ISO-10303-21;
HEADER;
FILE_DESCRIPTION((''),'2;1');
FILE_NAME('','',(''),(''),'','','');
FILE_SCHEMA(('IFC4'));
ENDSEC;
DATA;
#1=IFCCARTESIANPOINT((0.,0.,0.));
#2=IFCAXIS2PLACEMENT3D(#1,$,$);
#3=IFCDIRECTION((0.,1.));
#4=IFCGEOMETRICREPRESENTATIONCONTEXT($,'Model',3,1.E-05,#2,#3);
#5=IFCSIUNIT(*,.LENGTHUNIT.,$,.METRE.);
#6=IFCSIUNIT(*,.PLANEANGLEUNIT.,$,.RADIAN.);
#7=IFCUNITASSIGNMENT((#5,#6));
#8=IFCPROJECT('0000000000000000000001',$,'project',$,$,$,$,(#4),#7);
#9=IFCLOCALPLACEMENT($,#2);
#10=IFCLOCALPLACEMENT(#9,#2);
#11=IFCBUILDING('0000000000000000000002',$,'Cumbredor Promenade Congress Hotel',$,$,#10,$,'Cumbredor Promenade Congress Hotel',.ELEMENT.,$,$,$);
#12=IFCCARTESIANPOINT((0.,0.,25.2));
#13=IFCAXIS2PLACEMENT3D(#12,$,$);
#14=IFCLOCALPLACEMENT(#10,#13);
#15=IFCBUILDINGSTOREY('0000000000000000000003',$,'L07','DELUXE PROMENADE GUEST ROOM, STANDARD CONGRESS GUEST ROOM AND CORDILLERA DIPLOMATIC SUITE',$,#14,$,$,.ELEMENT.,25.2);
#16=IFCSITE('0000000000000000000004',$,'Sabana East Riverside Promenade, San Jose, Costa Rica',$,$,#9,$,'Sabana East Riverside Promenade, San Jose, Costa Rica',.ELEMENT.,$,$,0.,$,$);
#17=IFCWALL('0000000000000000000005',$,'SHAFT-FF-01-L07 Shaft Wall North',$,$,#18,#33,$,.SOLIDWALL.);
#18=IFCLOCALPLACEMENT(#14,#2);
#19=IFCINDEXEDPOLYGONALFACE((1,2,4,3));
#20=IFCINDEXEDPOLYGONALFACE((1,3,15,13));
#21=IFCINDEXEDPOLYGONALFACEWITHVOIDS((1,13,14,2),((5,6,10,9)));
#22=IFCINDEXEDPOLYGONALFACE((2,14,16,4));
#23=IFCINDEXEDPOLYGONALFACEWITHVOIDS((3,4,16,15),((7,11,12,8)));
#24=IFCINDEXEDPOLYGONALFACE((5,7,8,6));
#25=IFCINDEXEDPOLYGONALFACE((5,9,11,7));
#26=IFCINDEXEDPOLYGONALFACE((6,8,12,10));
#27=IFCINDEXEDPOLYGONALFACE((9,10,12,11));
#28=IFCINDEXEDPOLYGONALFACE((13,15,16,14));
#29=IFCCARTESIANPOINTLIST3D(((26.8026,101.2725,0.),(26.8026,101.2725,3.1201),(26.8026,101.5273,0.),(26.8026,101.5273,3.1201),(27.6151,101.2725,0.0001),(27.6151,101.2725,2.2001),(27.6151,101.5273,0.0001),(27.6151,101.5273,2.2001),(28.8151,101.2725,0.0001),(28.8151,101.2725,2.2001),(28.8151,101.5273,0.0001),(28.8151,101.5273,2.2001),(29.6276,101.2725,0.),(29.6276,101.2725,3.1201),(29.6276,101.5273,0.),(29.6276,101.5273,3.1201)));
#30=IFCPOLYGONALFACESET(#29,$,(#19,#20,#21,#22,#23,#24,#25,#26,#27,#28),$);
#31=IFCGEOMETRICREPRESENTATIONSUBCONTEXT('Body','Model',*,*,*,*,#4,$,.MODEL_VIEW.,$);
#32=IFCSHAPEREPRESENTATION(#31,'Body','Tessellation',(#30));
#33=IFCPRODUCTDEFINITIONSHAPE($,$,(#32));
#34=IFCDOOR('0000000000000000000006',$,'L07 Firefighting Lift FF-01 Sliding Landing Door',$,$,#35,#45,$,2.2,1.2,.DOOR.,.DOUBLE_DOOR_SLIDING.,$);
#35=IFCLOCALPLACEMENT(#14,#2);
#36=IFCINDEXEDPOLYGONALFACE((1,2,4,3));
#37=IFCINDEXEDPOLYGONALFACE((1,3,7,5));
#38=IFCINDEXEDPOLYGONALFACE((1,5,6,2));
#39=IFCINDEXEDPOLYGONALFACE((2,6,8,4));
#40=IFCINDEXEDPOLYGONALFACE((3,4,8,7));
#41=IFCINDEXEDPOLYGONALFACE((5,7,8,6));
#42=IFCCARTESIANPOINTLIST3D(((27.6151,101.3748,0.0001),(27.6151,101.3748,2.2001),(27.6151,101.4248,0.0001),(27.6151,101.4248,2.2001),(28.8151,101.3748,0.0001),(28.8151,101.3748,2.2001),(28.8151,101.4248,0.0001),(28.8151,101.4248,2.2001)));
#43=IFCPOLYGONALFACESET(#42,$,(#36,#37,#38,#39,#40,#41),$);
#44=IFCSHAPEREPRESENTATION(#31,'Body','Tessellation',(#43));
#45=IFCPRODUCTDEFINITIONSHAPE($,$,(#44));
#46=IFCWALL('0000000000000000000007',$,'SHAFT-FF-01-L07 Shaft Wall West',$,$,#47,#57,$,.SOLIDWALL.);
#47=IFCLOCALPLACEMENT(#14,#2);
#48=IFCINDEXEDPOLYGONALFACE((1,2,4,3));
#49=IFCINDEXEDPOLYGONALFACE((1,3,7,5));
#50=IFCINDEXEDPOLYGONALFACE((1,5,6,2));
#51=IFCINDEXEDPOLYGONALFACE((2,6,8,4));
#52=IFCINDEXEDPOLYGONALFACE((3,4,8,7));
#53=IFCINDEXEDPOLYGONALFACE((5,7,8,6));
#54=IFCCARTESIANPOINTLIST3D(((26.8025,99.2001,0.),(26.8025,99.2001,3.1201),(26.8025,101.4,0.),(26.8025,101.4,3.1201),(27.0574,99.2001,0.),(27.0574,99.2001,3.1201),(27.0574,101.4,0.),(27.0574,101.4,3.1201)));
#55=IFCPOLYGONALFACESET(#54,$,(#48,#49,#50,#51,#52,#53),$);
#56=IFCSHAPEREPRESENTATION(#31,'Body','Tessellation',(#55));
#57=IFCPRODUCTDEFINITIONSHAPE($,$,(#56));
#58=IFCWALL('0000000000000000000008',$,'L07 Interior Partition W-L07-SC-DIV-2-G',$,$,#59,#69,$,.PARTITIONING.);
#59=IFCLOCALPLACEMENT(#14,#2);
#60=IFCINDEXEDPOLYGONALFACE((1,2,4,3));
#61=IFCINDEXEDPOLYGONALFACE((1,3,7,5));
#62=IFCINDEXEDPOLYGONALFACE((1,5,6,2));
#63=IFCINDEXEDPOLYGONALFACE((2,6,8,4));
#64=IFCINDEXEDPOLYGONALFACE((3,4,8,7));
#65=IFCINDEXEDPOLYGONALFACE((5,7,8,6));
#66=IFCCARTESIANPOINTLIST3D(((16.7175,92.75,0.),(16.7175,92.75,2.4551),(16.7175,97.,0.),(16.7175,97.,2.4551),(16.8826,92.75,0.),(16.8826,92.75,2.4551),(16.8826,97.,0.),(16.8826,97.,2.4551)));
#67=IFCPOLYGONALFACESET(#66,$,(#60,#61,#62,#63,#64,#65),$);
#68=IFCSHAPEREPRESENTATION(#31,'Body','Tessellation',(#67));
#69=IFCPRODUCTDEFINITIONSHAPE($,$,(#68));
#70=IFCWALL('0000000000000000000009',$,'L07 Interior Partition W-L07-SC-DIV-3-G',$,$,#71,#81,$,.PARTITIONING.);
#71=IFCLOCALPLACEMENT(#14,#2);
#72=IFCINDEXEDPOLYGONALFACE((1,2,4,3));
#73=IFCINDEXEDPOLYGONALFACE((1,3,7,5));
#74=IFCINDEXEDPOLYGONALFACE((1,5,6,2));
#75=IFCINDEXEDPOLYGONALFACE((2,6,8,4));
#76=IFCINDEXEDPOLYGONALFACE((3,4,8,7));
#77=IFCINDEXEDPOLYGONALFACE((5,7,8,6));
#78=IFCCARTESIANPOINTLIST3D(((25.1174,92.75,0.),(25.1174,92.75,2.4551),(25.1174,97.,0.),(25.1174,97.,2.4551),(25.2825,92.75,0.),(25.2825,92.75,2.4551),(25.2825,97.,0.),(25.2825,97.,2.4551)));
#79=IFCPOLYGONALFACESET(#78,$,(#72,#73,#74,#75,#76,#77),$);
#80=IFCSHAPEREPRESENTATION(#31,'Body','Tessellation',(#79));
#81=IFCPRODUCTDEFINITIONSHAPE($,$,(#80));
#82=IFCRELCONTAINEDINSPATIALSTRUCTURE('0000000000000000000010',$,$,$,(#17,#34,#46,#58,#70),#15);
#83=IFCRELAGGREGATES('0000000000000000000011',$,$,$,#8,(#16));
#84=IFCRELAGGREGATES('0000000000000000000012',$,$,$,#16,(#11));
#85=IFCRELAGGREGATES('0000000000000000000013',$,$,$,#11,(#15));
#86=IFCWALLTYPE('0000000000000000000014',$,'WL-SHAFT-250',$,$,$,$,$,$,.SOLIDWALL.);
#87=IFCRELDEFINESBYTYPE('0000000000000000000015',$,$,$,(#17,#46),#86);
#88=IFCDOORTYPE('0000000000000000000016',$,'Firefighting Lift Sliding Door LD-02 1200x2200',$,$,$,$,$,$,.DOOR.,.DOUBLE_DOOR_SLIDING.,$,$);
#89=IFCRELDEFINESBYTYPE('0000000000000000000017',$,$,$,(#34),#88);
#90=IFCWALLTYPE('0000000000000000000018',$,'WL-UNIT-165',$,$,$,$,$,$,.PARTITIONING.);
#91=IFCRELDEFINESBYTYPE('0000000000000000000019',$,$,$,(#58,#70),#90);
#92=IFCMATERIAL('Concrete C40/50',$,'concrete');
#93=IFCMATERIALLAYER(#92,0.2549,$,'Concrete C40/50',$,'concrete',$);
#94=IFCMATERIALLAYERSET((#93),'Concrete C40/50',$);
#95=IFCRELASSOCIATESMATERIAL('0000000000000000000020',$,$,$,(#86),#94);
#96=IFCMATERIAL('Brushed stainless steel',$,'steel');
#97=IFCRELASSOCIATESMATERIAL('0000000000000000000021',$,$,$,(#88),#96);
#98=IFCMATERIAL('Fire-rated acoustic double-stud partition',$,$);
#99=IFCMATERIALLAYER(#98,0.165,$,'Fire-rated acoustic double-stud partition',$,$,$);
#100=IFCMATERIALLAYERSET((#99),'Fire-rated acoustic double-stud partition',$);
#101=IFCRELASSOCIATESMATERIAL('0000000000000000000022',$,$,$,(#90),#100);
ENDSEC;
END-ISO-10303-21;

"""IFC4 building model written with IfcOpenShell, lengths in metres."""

from ifc_helpers import new_model, si_unit, direction, frame, frame_2d, origin, place, context, subcontext, project, spatial, rectangle, extrude, material, layer, layer_set, type_object, element, fill, save


model = new_model("IFC4")

# Units and contexts
model_context = context("Model", 3, precision=1e-05, world=origin(), true_north=direction((0.0, 1.0)))
body_context = subcontext(model_context, "Body", "Model", "MODEL_VIEW")
ifc_project = project(units=[si_unit("LENGTHUNIT", "METRE"), si_unit("PLANEANGLEUNIT", "RADIAN")], contexts=[model_context])

# Site, building, storey
site_placement = place(None, origin())
site = spatial("IfcSite", under=ifc_project, at=site_placement, Name="Sabana East Riverside Promenade, San Jose, Costa Rica", LongName="Sabana East Riverside Promenade, San Jose, Costa Rica", CompositionType="ELEMENT", RefElevation=0.0)
building_placement = place(site_placement, origin())
building = spatial("IfcBuilding", under=site, at=building_placement, Name="Cumbredor Promenade Congress Hotel", LongName="Cumbredor Promenade Congress Hotel", CompositionType="ELEMENT")
storey_placement = place(building_placement, frame((0.0, 0.0, 25.2)))
storey = spatial("IfcBuildingStorey", under=building, at=storey_placement, Name="L07", Description="DELUXE PROMENADE GUEST ROOM, STANDARD CONGRESS GUEST ROOM AND CORDILLERA DIPLOMATIC SUITE", CompositionType="ELEMENT", Elevation=25.2)

# Shared definitions
ifc_material_1 = material(Name="Concrete C40/50", Category="concrete")

# Shared definitions
ifc_layer_1 = layer(ifc_material_1, 0.2549, Name="Concrete C40/50", Category="concrete")
ifc_layer_set_1 = layer_set([ifc_layer_1], Name="Concrete C40/50")
wall_type_1 = type_object("IfcWallType", Name="WL-SHAFT-250", PredefinedType="SOLIDWALL", material=ifc_layer_set_1)

# Wall, opening, door
wall_1_placement = place(storey_placement, frame((26.8025, 101.3999, 0.0), z_axis=(0.0, 0.0, 1.0), x_axis=(1.0, 0.0, 0.0)))
wall_1 = element("IfcWall", 1, at=wall_1_placement, inside=storey, type_object=wall_type_1, Name="SHAFT-FF-01-L07 Shaft Wall North", PredefinedType="SOLIDWALL", context=body_context, shape_type="SweptSolid", body=[
    extrude(rectangle(XDim=2.825, YDim=0.2549, at=frame_2d((1.4126, 0.0))), origin(), (0.0, 0.0, 1.0), 3.1201),
])
opening_1_placement = place(wall_1_placement, frame((0.8125, 0.0, 0.0)))
opening_1 = element("IfcOpeningElement", 2, at=opening_1_placement, cuts=wall_1, PredefinedType="OPENING", context=body_context, shape_type="SweptSolid", body=[
    extrude(rectangle(XDim=1.2, YDim=2.2, at=frame_2d((0.6001, 1.1001))), frame((0.0, 0.1375, 0.0), z_axis=(0.0, -1.0, 0.0), x_axis=(1.0, 0.0, 0.0)), (0.0, 0.0, 1.0), 0.2749),
])
ifc_material_2 = material(Name="Brushed stainless steel", Category="steel")
door_type_1 = type_object("IfcDoorType", Name="Firefighting Lift Sliding Door LD-02 1200x2200", OperationType="DOUBLE_DOOR_SLIDING", PredefinedType="DOOR", material=ifc_material_2)
door_1_placement = place(opening_1_placement, origin())
door_1 = element("IfcDoor", 3, at=door_1_placement, inside=storey, type_object=door_type_1, Name="L07 Firefighting Lift FF-01 Sliding Landing Door", OperationType="DOUBLE_DOOR_SLIDING", OverallHeight=2.2, OverallWidth=1.2, PredefinedType="DOOR", context=body_context, shape_type="SweptSolid", body=[
    extrude(rectangle(XDim=1.2, YDim=2.2, at=frame_2d((0.6001, 1.1001))), frame((0.0, 0.0249, 0.0), z_axis=(0.0, -1.0, 0.0), x_axis=(1.0, 0.0, 0.0)), (0.0, 0.0, 1.0), 0.05),
])
fill(opening_1, door_1)

# Walls
wall_2_placement = place(storey_placement, frame((26.9299, 99.2, 0.0), z_axis=(0.0, 0.0, 1.0), x_axis=(0.0, 1.0, 0.0)))
element("IfcWall", 4, at=wall_2_placement, inside=storey, type_object=wall_type_1, Name="SHAFT-FF-01-L07 Shaft Wall West", PredefinedType="SOLIDWALL", context=body_context, shape_type="SweptSolid", body=[
    extrude(rectangle(XDim=2.2, YDim=0.2549, at=frame_2d((1.1001, 0.0))), origin(), (0.0, 0.0, 1.0), 3.1201),
])
ifc_material_3 = material(Name="Fire-rated acoustic double-stud partition")
ifc_layer_2 = layer(ifc_material_3, 0.165, Name="Fire-rated acoustic double-stud partition")
ifc_layer_set_2 = layer_set([ifc_layer_2], Name="Fire-rated acoustic double-stud partition")
wall_type_2 = type_object("IfcWallType", Name="WL-UNIT-165", PredefinedType="PARTITIONING", material=ifc_layer_set_2)
for number, where, z_axis, x_axis, name in (
    (5, (16.8, 92.75, 0.0), (0.0, 0.0, 1.0), (0.0, 1.0, 0.0), "L07 Interior Partition W-L07-SC-DIV-2-G"),
    (6, (25.2, 92.75, 0.0), (0.0, 0.0, 1.0), (0.0, 1.0, 0.0), "L07 Interior Partition W-L07-SC-DIV-3-G"),
):
    element("IfcWall", number, at=place(storey_placement, frame(where, z_axis=z_axis, x_axis=x_axis)), inside=storey, type_object=wall_type_2, Name=name, PredefinedType="PARTITIONING", context=body_context, shape_type="SweptSolid", body=[
        extrude(rectangle(XDim=4.25, YDim=0.165, at=frame_2d((2.125, 0.0))), origin(), (0.0, 0.0, 1.0), 2.4551),
    ])

save(model, "model.ifc")
